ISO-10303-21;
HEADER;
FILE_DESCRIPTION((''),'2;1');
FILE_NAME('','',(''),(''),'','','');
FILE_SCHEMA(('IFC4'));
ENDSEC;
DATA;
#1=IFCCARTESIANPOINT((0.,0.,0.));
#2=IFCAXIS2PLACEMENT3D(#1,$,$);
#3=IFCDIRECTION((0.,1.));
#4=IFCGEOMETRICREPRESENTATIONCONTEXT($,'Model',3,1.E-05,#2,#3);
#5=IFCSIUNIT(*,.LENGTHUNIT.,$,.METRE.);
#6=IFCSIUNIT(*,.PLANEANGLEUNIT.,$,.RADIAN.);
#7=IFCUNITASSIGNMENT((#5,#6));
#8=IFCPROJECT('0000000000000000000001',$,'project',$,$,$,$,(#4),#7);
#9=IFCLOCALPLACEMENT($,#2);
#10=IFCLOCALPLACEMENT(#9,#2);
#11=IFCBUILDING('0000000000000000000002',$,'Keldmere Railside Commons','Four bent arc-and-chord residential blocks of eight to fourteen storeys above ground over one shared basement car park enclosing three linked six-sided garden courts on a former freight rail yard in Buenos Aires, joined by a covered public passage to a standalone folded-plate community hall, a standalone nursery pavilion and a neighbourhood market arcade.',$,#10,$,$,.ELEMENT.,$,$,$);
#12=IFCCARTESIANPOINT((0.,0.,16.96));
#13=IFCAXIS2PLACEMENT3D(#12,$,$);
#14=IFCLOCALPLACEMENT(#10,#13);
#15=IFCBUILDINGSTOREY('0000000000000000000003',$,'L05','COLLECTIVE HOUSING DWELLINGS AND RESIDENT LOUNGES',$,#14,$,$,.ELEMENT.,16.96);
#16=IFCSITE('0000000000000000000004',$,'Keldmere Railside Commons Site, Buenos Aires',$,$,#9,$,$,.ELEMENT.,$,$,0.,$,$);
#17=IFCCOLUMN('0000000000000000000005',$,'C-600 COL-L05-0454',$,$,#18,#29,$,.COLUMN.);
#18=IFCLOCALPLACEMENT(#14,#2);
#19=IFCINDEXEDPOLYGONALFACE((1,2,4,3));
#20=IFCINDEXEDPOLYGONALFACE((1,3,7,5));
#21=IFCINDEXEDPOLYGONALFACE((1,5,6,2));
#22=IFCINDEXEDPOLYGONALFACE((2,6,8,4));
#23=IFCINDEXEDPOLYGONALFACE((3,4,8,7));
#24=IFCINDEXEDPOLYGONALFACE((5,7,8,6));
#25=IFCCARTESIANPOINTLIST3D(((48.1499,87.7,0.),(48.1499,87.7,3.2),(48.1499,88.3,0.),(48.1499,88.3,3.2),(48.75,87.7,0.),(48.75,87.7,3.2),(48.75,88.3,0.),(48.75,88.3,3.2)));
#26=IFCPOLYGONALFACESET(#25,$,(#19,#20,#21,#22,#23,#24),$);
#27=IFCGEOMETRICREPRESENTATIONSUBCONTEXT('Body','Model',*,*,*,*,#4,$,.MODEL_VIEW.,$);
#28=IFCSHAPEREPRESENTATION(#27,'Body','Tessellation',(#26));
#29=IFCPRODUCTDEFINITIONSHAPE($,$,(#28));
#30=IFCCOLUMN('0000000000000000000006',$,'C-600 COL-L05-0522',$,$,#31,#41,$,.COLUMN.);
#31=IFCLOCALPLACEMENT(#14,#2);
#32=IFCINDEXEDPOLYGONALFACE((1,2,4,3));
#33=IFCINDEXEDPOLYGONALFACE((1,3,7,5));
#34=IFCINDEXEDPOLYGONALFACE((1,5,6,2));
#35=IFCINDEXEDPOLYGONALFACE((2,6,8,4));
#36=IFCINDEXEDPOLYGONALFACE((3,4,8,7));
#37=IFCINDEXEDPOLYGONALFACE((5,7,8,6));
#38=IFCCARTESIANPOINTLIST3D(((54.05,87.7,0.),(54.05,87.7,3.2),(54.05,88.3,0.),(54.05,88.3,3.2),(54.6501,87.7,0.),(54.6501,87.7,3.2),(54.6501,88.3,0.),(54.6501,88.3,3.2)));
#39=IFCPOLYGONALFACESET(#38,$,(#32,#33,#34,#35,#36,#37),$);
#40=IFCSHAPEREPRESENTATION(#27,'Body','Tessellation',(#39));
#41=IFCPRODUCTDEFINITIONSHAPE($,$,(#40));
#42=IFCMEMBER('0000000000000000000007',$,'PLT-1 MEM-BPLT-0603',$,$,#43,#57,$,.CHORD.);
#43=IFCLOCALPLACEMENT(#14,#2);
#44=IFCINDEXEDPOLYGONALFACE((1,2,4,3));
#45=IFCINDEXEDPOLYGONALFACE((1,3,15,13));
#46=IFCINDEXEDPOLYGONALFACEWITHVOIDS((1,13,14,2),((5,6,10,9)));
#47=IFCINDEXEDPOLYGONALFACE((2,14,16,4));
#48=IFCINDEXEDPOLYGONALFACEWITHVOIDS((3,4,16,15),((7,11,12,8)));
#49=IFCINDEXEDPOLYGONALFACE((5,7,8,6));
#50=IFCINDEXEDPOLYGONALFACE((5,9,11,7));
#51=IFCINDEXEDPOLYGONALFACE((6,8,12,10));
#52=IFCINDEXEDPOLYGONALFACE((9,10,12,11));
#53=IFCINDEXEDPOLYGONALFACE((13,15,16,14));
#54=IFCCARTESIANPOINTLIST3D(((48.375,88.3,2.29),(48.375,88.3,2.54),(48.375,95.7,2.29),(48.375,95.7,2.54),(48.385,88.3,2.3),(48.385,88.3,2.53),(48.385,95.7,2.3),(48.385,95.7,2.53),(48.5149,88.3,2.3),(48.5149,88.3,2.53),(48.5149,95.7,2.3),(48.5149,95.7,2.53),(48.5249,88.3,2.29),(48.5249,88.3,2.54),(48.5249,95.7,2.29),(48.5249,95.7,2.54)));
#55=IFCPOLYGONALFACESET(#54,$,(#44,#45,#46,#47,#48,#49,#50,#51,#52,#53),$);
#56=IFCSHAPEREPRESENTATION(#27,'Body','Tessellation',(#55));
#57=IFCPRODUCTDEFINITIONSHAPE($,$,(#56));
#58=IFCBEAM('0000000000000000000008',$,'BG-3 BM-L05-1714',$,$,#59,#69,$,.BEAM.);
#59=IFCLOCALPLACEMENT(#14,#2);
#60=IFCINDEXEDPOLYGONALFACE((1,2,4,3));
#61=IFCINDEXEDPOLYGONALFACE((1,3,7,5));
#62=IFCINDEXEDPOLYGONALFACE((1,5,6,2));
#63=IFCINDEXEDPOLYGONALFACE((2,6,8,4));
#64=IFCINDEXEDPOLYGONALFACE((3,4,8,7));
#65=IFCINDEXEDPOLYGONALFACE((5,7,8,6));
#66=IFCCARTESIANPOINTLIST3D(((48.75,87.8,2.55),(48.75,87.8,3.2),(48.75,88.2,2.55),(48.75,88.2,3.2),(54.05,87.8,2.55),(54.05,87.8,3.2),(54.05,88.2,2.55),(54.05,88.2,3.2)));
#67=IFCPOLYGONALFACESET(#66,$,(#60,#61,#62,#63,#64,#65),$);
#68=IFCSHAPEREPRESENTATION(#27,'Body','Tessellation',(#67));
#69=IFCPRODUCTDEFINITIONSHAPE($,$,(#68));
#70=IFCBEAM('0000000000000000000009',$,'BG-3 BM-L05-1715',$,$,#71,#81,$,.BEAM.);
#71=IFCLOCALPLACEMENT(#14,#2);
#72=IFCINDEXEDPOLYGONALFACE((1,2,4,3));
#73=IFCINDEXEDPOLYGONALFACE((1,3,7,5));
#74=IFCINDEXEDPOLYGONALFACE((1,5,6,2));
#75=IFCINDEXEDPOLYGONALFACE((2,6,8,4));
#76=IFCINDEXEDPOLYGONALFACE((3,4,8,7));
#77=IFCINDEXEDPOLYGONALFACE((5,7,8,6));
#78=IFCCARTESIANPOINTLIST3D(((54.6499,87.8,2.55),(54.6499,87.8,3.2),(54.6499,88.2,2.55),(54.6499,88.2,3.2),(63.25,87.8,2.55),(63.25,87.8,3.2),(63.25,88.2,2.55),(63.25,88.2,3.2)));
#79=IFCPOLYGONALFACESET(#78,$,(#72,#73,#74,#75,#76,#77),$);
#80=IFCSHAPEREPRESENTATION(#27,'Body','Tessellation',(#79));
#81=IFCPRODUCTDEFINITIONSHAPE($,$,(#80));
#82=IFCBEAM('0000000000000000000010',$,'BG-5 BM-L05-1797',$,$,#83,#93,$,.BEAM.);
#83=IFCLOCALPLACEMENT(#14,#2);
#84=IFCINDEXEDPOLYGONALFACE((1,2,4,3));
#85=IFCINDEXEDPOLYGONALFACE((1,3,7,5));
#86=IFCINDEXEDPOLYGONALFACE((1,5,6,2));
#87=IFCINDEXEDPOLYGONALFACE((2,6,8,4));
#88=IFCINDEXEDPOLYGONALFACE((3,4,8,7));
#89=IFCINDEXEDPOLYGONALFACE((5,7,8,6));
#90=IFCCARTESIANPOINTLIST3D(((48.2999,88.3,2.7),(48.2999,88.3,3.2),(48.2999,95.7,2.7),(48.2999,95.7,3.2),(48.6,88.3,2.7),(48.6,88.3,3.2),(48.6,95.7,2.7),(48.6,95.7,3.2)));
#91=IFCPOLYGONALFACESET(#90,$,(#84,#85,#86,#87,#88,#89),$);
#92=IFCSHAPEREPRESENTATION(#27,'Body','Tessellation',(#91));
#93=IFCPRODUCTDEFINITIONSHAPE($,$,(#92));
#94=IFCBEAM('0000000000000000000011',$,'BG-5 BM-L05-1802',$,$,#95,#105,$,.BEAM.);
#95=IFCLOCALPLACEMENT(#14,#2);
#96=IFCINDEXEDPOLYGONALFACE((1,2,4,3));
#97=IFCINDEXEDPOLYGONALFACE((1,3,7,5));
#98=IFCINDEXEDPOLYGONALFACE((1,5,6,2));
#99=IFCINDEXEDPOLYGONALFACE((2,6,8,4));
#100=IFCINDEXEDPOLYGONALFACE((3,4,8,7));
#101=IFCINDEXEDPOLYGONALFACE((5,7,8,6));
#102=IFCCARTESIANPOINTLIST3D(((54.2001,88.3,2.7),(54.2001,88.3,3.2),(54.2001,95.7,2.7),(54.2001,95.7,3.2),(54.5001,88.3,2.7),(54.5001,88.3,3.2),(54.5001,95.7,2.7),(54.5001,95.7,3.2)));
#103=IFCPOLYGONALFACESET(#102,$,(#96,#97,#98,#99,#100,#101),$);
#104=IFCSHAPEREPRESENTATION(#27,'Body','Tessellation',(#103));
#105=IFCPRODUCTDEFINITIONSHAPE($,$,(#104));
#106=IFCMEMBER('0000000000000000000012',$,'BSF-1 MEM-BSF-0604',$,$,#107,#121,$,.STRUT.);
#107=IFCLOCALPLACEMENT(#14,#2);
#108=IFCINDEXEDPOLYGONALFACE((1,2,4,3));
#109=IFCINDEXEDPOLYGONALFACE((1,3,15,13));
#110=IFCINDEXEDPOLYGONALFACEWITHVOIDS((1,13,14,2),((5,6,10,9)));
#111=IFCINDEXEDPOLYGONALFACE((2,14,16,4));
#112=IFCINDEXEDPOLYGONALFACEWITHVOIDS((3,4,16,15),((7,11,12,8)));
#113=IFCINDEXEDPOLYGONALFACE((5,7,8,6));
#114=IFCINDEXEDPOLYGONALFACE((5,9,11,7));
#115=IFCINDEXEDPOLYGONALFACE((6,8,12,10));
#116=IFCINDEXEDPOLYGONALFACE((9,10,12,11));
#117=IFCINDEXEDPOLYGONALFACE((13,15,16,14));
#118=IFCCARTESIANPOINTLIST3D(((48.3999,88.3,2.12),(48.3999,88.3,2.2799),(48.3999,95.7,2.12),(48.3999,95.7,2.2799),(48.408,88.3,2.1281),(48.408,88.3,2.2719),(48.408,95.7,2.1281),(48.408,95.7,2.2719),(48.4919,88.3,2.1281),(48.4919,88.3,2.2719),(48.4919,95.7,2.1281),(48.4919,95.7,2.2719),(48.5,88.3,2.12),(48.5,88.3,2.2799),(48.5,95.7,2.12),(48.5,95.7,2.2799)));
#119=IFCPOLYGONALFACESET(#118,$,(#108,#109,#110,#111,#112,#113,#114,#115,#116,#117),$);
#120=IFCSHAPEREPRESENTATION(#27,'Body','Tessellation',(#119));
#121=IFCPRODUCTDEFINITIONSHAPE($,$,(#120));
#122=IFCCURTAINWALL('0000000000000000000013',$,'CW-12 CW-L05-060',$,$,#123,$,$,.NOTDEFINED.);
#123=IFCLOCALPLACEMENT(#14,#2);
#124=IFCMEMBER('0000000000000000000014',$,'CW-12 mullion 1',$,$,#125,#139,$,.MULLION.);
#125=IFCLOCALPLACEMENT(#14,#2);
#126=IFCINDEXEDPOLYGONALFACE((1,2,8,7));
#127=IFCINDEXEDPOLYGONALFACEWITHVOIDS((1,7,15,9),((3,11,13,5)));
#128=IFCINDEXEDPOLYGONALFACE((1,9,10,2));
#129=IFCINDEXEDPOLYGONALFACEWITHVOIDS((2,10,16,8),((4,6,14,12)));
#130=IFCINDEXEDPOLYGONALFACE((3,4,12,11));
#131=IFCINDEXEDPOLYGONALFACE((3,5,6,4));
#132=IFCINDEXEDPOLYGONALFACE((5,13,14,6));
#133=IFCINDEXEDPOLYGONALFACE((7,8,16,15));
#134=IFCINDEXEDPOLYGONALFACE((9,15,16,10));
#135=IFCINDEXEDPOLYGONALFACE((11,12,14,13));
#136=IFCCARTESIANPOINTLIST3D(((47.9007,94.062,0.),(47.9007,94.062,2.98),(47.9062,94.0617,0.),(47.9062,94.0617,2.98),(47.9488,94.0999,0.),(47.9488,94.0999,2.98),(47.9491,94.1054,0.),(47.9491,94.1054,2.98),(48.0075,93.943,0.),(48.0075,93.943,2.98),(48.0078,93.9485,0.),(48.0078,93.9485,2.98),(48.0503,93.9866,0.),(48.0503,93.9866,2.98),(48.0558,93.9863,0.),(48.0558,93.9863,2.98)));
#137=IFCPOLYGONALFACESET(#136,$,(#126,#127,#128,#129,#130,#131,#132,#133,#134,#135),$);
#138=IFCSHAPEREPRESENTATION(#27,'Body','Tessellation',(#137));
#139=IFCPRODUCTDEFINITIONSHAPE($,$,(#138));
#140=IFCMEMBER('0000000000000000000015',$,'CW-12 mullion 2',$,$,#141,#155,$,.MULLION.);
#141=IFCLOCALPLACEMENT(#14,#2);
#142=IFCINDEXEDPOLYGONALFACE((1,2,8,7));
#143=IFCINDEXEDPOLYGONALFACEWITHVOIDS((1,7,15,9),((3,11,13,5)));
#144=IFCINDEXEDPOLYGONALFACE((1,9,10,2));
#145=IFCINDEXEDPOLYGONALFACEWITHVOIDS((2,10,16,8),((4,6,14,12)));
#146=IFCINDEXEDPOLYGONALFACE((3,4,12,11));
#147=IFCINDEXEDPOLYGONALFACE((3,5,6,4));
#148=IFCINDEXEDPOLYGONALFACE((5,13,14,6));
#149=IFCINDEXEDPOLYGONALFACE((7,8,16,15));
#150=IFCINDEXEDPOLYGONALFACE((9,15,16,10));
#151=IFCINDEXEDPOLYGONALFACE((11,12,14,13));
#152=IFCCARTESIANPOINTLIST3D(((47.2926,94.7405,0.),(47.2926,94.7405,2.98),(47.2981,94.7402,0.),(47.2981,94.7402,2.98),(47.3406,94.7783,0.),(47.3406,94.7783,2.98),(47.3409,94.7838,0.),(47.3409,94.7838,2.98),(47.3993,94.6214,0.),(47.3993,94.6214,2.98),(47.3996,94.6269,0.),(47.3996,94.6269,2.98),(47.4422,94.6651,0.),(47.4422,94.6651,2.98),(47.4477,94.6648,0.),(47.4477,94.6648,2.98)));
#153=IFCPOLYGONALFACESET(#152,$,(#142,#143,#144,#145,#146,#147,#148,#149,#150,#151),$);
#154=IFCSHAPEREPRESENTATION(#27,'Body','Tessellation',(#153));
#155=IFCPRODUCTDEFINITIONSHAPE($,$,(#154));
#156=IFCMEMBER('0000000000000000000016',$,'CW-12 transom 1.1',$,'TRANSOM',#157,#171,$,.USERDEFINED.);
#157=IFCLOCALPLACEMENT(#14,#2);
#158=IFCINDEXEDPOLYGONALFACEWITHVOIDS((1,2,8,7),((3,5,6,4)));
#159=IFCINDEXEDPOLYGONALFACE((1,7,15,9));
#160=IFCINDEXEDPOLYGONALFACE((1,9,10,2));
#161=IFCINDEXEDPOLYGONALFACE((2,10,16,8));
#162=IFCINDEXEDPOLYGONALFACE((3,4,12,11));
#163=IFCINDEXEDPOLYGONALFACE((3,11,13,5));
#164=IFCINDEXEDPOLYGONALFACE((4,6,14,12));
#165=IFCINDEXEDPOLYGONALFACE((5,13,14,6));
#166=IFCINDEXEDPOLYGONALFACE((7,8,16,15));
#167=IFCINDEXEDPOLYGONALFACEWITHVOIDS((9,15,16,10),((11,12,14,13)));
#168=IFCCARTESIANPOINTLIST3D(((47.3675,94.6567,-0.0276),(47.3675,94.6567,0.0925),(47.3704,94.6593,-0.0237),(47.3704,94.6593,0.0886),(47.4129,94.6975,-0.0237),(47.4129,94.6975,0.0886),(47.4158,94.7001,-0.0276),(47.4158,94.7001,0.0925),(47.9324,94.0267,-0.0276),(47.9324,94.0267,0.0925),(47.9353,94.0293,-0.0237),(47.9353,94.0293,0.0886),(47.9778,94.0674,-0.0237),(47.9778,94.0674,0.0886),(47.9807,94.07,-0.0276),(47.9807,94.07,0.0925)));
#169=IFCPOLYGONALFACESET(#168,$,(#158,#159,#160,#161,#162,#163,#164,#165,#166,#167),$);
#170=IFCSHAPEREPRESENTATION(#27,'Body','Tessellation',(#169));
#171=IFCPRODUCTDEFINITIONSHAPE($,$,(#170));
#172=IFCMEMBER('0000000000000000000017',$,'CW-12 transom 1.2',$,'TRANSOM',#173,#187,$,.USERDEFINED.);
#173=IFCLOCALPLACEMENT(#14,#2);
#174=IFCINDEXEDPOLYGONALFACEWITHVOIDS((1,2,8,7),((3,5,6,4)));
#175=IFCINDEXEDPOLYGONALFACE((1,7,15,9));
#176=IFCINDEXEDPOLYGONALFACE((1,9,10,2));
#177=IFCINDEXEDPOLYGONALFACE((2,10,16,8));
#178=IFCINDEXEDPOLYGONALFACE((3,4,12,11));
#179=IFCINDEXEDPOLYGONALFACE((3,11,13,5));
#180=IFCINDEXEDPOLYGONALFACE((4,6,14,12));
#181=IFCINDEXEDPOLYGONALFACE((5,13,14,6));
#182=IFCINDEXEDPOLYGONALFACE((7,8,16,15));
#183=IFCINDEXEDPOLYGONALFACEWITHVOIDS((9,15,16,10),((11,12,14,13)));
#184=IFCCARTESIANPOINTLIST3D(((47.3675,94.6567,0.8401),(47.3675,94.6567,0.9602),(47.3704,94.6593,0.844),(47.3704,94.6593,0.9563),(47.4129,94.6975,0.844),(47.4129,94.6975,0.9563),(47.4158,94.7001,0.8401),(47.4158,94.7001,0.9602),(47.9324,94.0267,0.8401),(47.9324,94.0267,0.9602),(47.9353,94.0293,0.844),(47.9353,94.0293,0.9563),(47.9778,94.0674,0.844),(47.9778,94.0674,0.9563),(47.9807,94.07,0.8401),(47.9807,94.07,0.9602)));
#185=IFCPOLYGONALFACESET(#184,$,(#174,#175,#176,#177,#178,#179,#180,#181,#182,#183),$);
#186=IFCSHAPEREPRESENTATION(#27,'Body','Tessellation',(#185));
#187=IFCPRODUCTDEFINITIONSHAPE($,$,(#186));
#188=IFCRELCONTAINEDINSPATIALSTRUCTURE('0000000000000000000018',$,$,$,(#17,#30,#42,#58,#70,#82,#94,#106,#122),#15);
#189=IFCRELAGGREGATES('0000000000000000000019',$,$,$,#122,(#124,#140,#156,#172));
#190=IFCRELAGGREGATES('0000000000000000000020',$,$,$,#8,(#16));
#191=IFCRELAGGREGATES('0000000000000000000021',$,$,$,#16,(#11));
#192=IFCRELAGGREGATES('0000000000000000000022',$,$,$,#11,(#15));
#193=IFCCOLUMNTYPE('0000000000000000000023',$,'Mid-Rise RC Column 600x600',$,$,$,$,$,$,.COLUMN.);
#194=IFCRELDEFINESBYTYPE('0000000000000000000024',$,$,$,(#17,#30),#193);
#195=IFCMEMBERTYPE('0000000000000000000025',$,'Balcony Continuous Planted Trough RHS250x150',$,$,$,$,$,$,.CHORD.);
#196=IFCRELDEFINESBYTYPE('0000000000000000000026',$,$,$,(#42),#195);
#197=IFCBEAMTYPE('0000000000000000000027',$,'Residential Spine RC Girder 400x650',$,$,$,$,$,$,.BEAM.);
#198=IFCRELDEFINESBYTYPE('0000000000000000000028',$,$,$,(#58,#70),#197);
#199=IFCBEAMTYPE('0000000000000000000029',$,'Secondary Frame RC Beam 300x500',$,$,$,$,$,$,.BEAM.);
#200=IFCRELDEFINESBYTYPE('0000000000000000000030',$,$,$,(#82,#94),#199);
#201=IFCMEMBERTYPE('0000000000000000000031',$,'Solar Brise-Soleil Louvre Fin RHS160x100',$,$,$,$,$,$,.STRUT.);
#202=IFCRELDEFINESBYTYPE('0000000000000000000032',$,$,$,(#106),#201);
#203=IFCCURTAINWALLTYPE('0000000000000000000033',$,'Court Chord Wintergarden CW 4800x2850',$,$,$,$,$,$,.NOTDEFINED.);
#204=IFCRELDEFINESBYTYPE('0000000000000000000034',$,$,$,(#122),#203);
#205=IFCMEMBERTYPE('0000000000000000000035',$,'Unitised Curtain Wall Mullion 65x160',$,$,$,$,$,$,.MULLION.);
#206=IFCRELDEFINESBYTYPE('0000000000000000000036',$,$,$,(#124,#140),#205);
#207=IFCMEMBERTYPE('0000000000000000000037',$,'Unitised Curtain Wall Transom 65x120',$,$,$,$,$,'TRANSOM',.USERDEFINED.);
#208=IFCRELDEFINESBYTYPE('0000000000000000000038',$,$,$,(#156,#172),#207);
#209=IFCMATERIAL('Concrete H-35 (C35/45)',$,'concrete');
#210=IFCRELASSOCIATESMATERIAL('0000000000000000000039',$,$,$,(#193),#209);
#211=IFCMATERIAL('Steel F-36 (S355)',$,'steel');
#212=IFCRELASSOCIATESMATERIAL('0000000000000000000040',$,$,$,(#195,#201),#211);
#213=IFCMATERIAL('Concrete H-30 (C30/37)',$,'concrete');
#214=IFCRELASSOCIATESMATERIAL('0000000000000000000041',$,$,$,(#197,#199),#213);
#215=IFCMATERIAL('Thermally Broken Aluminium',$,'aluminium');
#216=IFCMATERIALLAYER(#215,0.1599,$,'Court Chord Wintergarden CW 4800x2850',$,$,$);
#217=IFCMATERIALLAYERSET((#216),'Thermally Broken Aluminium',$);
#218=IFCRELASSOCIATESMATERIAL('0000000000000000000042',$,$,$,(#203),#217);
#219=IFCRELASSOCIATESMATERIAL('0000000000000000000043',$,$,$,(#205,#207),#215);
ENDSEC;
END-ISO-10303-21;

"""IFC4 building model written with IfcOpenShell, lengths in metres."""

from ifc_helpers import new_model, si_unit, direction, frame, origin, origin_2d, place, context, subcontext, project, spatial, rectangle, hollow_rectangle, extrude, material, layer, layer_set, material_profile, profile_set, type_object, element, aggregate, save


model = new_model("IFC4")

# Units and contexts
model_context = context("Model", 3, precision=1e-05, world=origin(), true_north=direction((0.0, 1.0)))
body_context = subcontext(model_context, "Body", "Model", "MODEL_VIEW")
ifc_project = project(units=[si_unit("LENGTHUNIT", "METRE"), si_unit("PLANEANGLEUNIT", "RADIAN")], contexts=[model_context])

# Site, building, storey
site_placement = place(None, origin())
site = spatial("IfcSite", under=ifc_project, at=site_placement, Name="Keldmere Railside Commons Site, Buenos Aires", CompositionType="ELEMENT", RefElevation=0.0)
building_placement = place(site_placement, origin())
building = spatial("IfcBuilding", under=site, at=building_placement, Name="Keldmere Railside Commons", Description="Four bent arc-and-chord residential blocks of eight to fourteen storeys above ground over one shared basement car park enclosing three linked six-sided garden courts on a former freight rail yard in Buenos Aires, joined by a covered public passage to a standalone folded-plate community hall, a standalone nursery pavilion and a neighbourhood market arcade.", CompositionType="ELEMENT")
storey_placement = place(building_placement, frame((0.0, 0.0, 16.96)))
storey = spatial("IfcBuildingStorey", under=building, at=storey_placement, Name="L05", Description="COLLECTIVE HOUSING DWELLINGS AND RESIDENT LOUNGES", CompositionType="ELEMENT", Elevation=16.96)

# Columns
ifc_material_1 = material(Name="Concrete H-35 (C35/45)", Category="concrete")
ifc_material_profile_1 = material_profile(ifc_material_1, rectangle(XDim=0.6001, YDim=0.6001, at=origin_2d()), Name="RC-600x600")
ifc_profile_set_1 = profile_set([ifc_material_profile_1], Name="Concrete H-35 (C35/45)")
column_type = type_object("IfcColumnType", Name="Mid-Rise RC Column 600x600", PredefinedType="COLUMN", material=ifc_profile_set_1)
for number, where, z_axis, x_axis, name in (
    (1, (48.45, 88.0, 0.0), (0.0, 0.0, 1.0), (1.0, 0.0, 0.0), "C-600 COL-L05-0454"),
    (2, (54.3501, 88.0, 0.0), (0.0, 0.0, 1.0), (1.0, 0.0, 0.0), "C-600 COL-L05-0522"),
):
    element("IfcColumn", number, at=place(storey_placement, frame(where, z_axis=z_axis, x_axis=x_axis)), inside=storey, type_object=column_type, Name=name, PredefinedType="COLUMN", context=body_context, shape_type="SweptSolid", body=[
        extrude(rectangle(XDim=0.6001, YDim=0.6001, at=origin_2d()), origin(), (0.0, 0.0, 1.0), 3.2),
    ])

# Member
ifc_material_2 = material(Name="Steel F-36 (S355)", Category="steel")
ifc_material_profile_2 = material_profile(ifc_material_2, hollow_rectangle(XDim=0.1499, YDim=0.25, WallThickness=0.01, at=origin_2d()), Name="RHS-250x150x10")
ifc_profile_set_2 = profile_set([ifc_material_profile_2], Name="Steel F-36 (S355)")
member_type_1 = type_object("IfcMemberType", Name="Balcony Continuous Planted Trough RHS250x150", PredefinedType="CHORD", material=ifc_profile_set_2)
member_1_placement = place(storey_placement, frame((48.45, 88.3, 2.415), z_axis=(0.0, 1.0, 0.0), x_axis=(-1.0, 0.0, 0.0)))
element("IfcMember", 3, at=member_1_placement, inside=storey, type_object=member_type_1, Name="PLT-1 MEM-BPLT-0603", PredefinedType="CHORD", context=body_context, shape_type="SweptSolid", body=[
    extrude(hollow_rectangle(XDim=0.1499, YDim=0.25, WallThickness=0.01, at=origin_2d()), origin(), (0.0, 0.0, 1.0), 7.3999),
])

# Beams
ifc_material_3 = material(Name="Concrete H-30 (C30/37)", Category="concrete")
ifc_material_profile_3 = material_profile(ifc_material_3, rectangle(XDim=0.3999, YDim=0.6499, at=origin_2d()), Name="RC-400x650")
ifc_profile_set_3 = profile_set([ifc_material_profile_3], Name="Concrete H-30 (C30/37)")
beam_type_1 = type_object("IfcBeamType", Name="Residential Spine RC Girder 400x650", PredefinedType="BEAM", material=ifc_profile_set_3)
beam_1_placement = place(storey_placement, frame((48.75, 88.0, 2.875), z_axis=(1.0, 0.0, 0.0), x_axis=(0.0, 1.0, 0.0)))
element("IfcBeam", 4, at=beam_1_placement, inside=storey, type_object=beam_type_1, Name="BG-3 BM-L05-1714", PredefinedType="BEAM", context=body_context, shape_type="SweptSolid", body=[
    extrude(rectangle(XDim=0.3999, YDim=0.6499, at=origin_2d()), origin(), (0.0, 0.0, 1.0), 5.3),
])
beam_2_placement = place(storey_placement, frame((54.6499, 88.0, 2.875), z_axis=(1.0, 0.0, 0.0), x_axis=(0.0, 1.0, 0.0)))
element("IfcBeam", 5, at=beam_2_placement, inside=storey, type_object=beam_type_1, Name="BG-3 BM-L05-1715", PredefinedType="BEAM", context=body_context, shape_type="SweptSolid", body=[
    extrude(rectangle(XDim=0.3999, YDim=0.6499, at=origin_2d()), origin(), (0.0, 0.0, 1.0), 8.6001),
])
ifc_material_profile_4 = material_profile(ifc_material_3, rectangle(XDim=0.3, YDim=0.5, at=origin_2d()), Name="RC-300x500")
ifc_profile_set_4 = profile_set([ifc_material_profile_4], Name="Concrete H-30 (C30/37)")
beam_type_2 = type_object("IfcBeamType", Name="Secondary Frame RC Beam 300x500", PredefinedType="BEAM", material=ifc_profile_set_4)
for number, where, z_axis, x_axis, name in (
    (6, (48.45, 88.3, 2.95), (0.0, 1.0, 0.0), (-1.0, 0.0, 0.0), "BG-5 BM-L05-1797"),
    (7, (54.3501, 88.3, 2.95), (0.0, 1.0, 0.0), (-1.0, 0.0, 0.0), "BG-5 BM-L05-1802"),
):
    element("IfcBeam", number, at=place(storey_placement, frame(where, z_axis=z_axis, x_axis=x_axis)), inside=storey, type_object=beam_type_2, Name=name, PredefinedType="BEAM", context=body_context, shape_type="SweptSolid", body=[
        extrude(rectangle(XDim=0.3, YDim=0.5, at=origin_2d()), origin(), (0.0, 0.0, 1.0), 7.3999),
    ])

# Member
ifc_material_profile_5 = material_profile(ifc_material_2, hollow_rectangle(XDim=0.1001, YDim=0.1599, WallThickness=0.0081, at=origin_2d()), Name="RHS-160x100x8")
ifc_profile_set_5 = profile_set([ifc_material_profile_5], Name="Steel F-36 (S355)")
member_type_2 = type_object("IfcMemberType", Name="Solar Brise-Soleil Louvre Fin RHS160x100", PredefinedType="STRUT", material=ifc_profile_set_5)
member_2_placement = place(storey_placement, frame((48.45, 88.3, 2.2), z_axis=(0.0, 1.0, 0.0), x_axis=(-1.0, 0.0, 0.0)))
element("IfcMember", 8, at=member_2_placement, inside=storey, type_object=member_type_2, Name="BSF-1 MEM-BSF-0604", PredefinedType="STRUT", context=body_context, shape_type="SweptSolid", body=[
    extrude(hollow_rectangle(XDim=0.1001, YDim=0.1599, WallThickness=0.0081, at=origin_2d()), origin(), (0.0, 0.0, 1.0), 7.3999),
])

# Curtain wall, members
ifc_material_4 = material(Name="Thermally Broken Aluminium", Category="aluminium")
ifc_layer_1 = layer(ifc_material_4, 0.1599, Name="Court Chord Wintergarden CW 4800x2850")
ifc_layer_set_1 = layer_set([ifc_layer_1], Name="Thermally Broken Aluminium")
curtain_wall_type = type_object("IfcCurtainWallType", Name="Court Chord Wintergarden CW 4800x2850", PredefinedType="NOTDEFINED", material=ifc_layer_set_1)
curtain_wall_placement = place(storey_placement, origin())
curtain_wall = element("IfcCurtainWall", 9, at=curtain_wall_placement, inside=storey, type_object=curtain_wall_type, Name="CW-12 CW-L05-060", PredefinedType="NOTDEFINED")
ifc_material_profile_6 = material_profile(ifc_material_4, hollow_rectangle(XDim=0.0649, YDim=0.1599, WallThickness=0.0039, at=origin_2d()), Name="ALU-MULL-65x160")
ifc_profile_set_6 = profile_set([ifc_material_profile_6], Name="Thermally Broken Aluminium")
member_type_3 = type_object("IfcMemberType", Name="Unitised Curtain Wall Mullion 65x160", PredefinedType="MULLION", material=ifc_profile_set_6)
member_3_placement = place(storey_placement, frame((47.9783, 94.0242, 0.0), z_axis=(0.0, 0.0, 1.0), x_axis=(-0.744557, -0.667559, 0.0)))
member_3 = element("IfcMember", 10, at=member_3_placement, type_object=member_type_3, Name="CW-12 mullion 1", PredefinedType="MULLION", context=body_context, shape_type="SweptSolid", body=[
    extrude(hollow_rectangle(XDim=0.0649, YDim=0.1599, WallThickness=0.0039, at=origin_2d()), origin(), (0.0, 0.0, 1.0), 2.98),
])
member_4_placement = place(storey_placement, frame((47.3701, 94.7026, 0.0), z_axis=(0.0, 0.0, 1.0), x_axis=(-0.744557, -0.667559, 0.0)))
member_4 = element("IfcMember", 11, at=member_4_placement, type_object=member_type_3, Name="CW-12 mullion 2", PredefinedType="MULLION", context=body_context, shape_type="SweptSolid", body=[
    extrude(hollow_rectangle(XDim=0.0649, YDim=0.1599, WallThickness=0.0039, at=origin_2d()), origin(), (0.0, 0.0, 1.0), 2.98),
])
ifc_material_profile_7 = material_profile(ifc_material_4, hollow_rectangle(XDim=0.0649, YDim=0.1201, WallThickness=0.0039, at=origin_2d()), Name="ALU-TRAN-65x120")
ifc_profile_set_7 = profile_set([ifc_material_profile_7], Name="Thermally Broken Aluminium")
member_type_4 = type_object("IfcMemberType", Name="Unitised Curtain Wall Transom 65x120", ElementType="TRANSOM", PredefinedType="USERDEFINED", material=ifc_profile_set_7)
member_5_placement = place(storey_placement, frame((47.9565, 94.0483, 0.0325), z_axis=(-0.667545, 0.744569, 0.0), x_axis=(-0.744569, -0.667545, 0.0)))
member_5 = element("IfcMember", 12, at=member_5_placement, type_object=member_type_4, Name="CW-12 transom 1.1", ObjectType="TRANSOM", PredefinedType="USERDEFINED", context=body_context, shape_type="SweptSolid", body=[
    extrude(hollow_rectangle(XDim=0.0649, YDim=0.1201, WallThickness=0.0039, at=origin_2d()), origin(), (0.0, 0.0, 1.0), 0.8462),
])
member_6_placement = place(storey_placement, frame((47.9565, 94.0483, 0.9001), z_axis=(-0.667545, 0.744569, 0.0), x_axis=(-0.744569, -0.667545, 0.0)))
member_6 = element("IfcMember", 13, at=member_6_placement, type_object=member_type_4, Name="CW-12 transom 1.2", ObjectType="TRANSOM", PredefinedType="USERDEFINED", context=body_context, shape_type="SweptSolid", body=[
    extrude(hollow_rectangle(XDim=0.0649, YDim=0.1201, WallThickness=0.0039, at=origin_2d()), origin(), (0.0, 0.0, 1.0), 0.8462),
])
aggregate(curtain_wall, [member_3, member_4, member_5, member_6])

save(model, "model.ifc")
